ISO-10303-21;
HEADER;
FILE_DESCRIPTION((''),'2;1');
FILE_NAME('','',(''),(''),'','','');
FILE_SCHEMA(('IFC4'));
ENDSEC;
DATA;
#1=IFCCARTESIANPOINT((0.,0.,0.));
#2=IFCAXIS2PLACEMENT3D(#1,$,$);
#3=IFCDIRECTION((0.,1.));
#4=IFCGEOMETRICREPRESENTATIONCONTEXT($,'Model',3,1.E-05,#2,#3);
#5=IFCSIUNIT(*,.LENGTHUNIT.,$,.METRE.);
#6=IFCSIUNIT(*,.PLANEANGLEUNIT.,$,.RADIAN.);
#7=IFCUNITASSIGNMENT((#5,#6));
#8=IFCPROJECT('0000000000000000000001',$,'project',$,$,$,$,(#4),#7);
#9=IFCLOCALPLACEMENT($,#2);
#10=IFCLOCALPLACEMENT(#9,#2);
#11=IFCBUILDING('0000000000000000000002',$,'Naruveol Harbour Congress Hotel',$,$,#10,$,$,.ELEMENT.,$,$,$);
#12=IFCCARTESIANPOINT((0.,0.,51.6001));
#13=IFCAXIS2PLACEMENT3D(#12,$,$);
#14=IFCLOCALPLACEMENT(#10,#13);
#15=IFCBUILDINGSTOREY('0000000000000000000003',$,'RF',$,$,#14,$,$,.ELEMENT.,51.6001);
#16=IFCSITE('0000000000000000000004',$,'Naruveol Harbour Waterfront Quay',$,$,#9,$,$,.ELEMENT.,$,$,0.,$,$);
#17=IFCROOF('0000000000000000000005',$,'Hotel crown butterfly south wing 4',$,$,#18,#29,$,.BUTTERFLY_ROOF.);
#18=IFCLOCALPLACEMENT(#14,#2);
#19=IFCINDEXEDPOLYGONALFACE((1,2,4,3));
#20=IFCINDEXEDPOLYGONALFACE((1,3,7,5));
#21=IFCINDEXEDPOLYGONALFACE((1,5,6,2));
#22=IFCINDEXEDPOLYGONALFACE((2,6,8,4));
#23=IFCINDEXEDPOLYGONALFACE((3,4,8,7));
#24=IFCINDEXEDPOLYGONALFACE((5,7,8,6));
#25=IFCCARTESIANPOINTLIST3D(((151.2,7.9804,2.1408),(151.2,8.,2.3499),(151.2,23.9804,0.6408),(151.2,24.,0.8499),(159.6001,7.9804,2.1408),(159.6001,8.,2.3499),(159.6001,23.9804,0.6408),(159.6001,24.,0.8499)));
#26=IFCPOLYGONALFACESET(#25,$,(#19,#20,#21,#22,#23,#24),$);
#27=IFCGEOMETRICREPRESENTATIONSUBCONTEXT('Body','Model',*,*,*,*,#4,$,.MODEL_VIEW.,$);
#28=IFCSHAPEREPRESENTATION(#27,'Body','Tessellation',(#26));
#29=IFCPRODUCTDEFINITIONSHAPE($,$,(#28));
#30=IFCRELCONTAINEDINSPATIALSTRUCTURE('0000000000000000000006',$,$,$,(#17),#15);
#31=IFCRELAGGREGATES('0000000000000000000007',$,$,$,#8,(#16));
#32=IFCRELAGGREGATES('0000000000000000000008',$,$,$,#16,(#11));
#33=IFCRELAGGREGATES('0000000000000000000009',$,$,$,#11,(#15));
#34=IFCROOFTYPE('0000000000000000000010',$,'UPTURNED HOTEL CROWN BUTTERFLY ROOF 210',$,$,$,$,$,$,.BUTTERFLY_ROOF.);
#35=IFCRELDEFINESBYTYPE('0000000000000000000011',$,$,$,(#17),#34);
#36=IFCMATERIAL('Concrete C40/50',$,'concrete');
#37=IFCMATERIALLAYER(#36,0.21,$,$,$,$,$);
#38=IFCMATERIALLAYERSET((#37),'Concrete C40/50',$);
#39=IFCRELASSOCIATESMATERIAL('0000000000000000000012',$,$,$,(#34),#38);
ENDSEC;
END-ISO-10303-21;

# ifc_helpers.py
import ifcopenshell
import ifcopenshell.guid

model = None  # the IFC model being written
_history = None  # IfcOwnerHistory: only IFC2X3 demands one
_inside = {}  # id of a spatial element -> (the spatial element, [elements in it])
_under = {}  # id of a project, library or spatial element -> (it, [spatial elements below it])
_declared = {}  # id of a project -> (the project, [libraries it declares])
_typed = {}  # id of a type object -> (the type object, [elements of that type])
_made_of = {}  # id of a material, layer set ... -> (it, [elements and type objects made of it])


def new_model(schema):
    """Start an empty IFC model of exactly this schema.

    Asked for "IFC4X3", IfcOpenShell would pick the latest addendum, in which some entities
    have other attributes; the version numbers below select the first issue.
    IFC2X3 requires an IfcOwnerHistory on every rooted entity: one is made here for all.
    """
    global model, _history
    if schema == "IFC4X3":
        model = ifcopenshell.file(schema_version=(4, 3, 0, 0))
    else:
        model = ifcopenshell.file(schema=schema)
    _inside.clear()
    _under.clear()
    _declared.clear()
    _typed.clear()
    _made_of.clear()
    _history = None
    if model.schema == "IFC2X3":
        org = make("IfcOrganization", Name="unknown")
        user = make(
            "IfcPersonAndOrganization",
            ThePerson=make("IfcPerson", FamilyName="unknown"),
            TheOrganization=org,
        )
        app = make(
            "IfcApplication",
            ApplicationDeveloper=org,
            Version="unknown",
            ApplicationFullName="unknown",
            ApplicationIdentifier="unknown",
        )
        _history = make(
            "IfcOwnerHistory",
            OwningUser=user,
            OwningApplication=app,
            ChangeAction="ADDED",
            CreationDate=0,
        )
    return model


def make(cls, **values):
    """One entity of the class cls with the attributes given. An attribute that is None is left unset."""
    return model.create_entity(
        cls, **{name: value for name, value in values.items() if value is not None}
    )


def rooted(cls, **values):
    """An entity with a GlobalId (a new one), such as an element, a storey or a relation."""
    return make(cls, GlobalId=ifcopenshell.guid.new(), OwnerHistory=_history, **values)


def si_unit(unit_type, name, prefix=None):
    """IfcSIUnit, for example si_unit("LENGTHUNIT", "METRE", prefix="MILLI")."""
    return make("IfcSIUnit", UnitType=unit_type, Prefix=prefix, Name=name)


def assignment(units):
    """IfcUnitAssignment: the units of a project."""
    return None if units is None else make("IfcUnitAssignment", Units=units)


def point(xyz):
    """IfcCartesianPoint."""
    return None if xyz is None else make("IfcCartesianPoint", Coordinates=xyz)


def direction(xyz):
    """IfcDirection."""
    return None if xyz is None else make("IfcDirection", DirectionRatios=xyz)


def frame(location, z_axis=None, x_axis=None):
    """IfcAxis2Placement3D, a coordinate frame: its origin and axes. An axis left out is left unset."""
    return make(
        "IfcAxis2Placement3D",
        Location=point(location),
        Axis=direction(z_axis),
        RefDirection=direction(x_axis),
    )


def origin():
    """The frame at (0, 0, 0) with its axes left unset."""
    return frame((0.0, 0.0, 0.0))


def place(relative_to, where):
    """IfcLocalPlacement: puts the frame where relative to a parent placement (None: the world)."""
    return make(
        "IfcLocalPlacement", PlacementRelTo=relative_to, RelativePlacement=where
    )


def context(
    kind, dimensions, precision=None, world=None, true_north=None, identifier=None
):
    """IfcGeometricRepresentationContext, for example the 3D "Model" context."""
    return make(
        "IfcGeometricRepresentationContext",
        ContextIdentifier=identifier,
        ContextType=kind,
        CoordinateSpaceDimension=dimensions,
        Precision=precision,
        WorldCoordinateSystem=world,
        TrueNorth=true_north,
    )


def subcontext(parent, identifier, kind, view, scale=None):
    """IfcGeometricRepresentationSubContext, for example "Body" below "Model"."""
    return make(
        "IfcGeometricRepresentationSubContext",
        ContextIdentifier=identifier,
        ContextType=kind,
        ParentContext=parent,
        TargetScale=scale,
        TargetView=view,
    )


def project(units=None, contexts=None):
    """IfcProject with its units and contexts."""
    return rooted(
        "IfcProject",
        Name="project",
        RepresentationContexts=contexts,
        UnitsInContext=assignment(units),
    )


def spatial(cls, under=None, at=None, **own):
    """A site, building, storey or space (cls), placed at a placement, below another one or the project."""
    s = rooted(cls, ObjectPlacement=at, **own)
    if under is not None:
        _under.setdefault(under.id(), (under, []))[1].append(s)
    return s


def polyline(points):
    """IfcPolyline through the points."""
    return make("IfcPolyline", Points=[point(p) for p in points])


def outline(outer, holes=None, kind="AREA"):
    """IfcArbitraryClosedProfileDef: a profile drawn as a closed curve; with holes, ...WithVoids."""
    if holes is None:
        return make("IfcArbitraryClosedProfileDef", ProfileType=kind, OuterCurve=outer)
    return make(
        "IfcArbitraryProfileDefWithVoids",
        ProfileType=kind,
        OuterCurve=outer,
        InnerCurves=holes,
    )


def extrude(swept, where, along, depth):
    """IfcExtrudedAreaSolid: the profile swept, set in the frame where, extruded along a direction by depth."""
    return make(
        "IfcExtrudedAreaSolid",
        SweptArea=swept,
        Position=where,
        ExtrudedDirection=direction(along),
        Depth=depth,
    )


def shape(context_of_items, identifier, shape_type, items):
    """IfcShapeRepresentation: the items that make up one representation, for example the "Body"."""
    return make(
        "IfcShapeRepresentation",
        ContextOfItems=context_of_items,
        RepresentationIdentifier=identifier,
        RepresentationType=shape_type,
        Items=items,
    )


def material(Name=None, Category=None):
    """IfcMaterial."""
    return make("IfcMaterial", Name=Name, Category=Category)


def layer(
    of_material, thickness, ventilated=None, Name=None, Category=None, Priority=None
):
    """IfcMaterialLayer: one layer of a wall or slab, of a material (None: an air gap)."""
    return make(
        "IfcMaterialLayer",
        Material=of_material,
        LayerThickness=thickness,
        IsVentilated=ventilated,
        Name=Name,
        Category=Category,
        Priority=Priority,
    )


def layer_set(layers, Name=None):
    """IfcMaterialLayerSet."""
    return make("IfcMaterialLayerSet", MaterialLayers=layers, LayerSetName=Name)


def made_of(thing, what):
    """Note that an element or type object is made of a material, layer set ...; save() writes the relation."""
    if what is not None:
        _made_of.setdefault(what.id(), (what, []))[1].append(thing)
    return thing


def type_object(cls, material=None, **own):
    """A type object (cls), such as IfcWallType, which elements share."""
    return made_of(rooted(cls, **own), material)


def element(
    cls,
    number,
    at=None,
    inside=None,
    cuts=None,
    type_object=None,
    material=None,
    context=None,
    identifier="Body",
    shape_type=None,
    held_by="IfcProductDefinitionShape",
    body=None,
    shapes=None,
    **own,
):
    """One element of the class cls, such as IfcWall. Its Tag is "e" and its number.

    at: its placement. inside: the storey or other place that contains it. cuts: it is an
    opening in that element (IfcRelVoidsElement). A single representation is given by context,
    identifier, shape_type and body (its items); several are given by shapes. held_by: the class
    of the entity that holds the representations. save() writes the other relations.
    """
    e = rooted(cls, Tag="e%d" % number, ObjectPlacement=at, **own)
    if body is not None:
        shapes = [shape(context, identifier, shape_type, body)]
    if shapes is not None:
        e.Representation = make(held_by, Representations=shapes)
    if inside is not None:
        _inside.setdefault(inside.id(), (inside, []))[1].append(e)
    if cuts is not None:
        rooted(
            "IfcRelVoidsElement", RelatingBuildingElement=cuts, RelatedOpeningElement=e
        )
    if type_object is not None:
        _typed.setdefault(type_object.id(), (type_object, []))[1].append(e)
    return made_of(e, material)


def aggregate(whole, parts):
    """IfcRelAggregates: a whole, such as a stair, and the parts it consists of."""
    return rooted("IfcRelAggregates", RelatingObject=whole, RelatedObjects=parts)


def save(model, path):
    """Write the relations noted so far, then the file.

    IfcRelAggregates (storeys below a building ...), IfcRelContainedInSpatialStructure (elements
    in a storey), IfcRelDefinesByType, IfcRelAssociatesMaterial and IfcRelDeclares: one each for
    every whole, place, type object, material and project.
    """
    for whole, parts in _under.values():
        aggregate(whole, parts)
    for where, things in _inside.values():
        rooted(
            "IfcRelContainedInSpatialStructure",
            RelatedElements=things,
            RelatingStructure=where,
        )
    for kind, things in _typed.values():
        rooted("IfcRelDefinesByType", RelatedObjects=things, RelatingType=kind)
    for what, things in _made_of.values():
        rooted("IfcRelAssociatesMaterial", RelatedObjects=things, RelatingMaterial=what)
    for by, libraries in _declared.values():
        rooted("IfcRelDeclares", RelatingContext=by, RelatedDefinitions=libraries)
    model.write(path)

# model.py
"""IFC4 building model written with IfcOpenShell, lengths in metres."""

from ifc_helpers import new_model, si_unit, direction, frame, origin, place, context, subcontext, project, spatial, polyline, outline, extrude, material, layer, layer_set, type_object, element, save


model = new_model("IFC4")

# Units and contexts
model_context = context("Model", 3, precision=1e-05, world=origin(), true_north=direction((0.0, 1.0)))
body_context = subcontext(model_context, "Body", "Model", "MODEL_VIEW")
ifc_project = project(units=[si_unit("LENGTHUNIT", "METRE"), si_unit("PLANEANGLEUNIT", "RADIAN")], contexts=[model_context])

# Site, building, storey
site_placement = place(None, origin())
site = spatial("IfcSite", under=ifc_project, at=site_placement, Name="Naruveol Harbour Waterfront Quay", CompositionType="ELEMENT", RefElevation=0.0)
building_placement = place(site_placement, origin())
building = spatial("IfcBuilding", under=site, at=building_placement, Name="Naruveol Harbour Congress Hotel", CompositionType="ELEMENT")
storey_placement = place(building_placement, frame((0.0, 0.0, 51.6001)))
storey = spatial("IfcBuildingStorey", under=building, at=storey_placement, Name="RF", CompositionType="ELEMENT", Elevation=51.6001)

# Roof
ifc_material_1 = material(Name="Concrete C40/50", Category="concrete")
ifc_layer_1 = layer(ifc_material_1, 0.21)
ifc_layer_set_1 = layer_set([ifc_layer_1], Name="Concrete C40/50")
roof_type = type_object("IfcRoofType", Name="UPTURNED HOTEL CROWN BUTTERFLY ROOF 210", PredefinedType="BUTTERFLY_ROOF", material=ifc_layer_set_1)
roof_placement = place(storey_placement, frame((151.2, 8.0, 2.3499), z_axis=(0.0, 0.093341, 0.995634), x_axis=(1.0, 0.0, 0.0)))
element("IfcRoof", 1, at=roof_placement, inside=storey, type_object=roof_type, Name="Hotel crown butterfly south wing 4", PredefinedType="BUTTERFLY_ROOF", context=body_context, shape_type="SweptSolid", body=[
    extrude(outline(polyline([(0.0, 0.0), (8.4001, 0.0), (8.4001, 16.0702), (0.0, 16.0702), (0.0, 0.0)])), origin(), (0.0, 0.0, -1.0), 0.21),
])

save(model, "model.ifc")
